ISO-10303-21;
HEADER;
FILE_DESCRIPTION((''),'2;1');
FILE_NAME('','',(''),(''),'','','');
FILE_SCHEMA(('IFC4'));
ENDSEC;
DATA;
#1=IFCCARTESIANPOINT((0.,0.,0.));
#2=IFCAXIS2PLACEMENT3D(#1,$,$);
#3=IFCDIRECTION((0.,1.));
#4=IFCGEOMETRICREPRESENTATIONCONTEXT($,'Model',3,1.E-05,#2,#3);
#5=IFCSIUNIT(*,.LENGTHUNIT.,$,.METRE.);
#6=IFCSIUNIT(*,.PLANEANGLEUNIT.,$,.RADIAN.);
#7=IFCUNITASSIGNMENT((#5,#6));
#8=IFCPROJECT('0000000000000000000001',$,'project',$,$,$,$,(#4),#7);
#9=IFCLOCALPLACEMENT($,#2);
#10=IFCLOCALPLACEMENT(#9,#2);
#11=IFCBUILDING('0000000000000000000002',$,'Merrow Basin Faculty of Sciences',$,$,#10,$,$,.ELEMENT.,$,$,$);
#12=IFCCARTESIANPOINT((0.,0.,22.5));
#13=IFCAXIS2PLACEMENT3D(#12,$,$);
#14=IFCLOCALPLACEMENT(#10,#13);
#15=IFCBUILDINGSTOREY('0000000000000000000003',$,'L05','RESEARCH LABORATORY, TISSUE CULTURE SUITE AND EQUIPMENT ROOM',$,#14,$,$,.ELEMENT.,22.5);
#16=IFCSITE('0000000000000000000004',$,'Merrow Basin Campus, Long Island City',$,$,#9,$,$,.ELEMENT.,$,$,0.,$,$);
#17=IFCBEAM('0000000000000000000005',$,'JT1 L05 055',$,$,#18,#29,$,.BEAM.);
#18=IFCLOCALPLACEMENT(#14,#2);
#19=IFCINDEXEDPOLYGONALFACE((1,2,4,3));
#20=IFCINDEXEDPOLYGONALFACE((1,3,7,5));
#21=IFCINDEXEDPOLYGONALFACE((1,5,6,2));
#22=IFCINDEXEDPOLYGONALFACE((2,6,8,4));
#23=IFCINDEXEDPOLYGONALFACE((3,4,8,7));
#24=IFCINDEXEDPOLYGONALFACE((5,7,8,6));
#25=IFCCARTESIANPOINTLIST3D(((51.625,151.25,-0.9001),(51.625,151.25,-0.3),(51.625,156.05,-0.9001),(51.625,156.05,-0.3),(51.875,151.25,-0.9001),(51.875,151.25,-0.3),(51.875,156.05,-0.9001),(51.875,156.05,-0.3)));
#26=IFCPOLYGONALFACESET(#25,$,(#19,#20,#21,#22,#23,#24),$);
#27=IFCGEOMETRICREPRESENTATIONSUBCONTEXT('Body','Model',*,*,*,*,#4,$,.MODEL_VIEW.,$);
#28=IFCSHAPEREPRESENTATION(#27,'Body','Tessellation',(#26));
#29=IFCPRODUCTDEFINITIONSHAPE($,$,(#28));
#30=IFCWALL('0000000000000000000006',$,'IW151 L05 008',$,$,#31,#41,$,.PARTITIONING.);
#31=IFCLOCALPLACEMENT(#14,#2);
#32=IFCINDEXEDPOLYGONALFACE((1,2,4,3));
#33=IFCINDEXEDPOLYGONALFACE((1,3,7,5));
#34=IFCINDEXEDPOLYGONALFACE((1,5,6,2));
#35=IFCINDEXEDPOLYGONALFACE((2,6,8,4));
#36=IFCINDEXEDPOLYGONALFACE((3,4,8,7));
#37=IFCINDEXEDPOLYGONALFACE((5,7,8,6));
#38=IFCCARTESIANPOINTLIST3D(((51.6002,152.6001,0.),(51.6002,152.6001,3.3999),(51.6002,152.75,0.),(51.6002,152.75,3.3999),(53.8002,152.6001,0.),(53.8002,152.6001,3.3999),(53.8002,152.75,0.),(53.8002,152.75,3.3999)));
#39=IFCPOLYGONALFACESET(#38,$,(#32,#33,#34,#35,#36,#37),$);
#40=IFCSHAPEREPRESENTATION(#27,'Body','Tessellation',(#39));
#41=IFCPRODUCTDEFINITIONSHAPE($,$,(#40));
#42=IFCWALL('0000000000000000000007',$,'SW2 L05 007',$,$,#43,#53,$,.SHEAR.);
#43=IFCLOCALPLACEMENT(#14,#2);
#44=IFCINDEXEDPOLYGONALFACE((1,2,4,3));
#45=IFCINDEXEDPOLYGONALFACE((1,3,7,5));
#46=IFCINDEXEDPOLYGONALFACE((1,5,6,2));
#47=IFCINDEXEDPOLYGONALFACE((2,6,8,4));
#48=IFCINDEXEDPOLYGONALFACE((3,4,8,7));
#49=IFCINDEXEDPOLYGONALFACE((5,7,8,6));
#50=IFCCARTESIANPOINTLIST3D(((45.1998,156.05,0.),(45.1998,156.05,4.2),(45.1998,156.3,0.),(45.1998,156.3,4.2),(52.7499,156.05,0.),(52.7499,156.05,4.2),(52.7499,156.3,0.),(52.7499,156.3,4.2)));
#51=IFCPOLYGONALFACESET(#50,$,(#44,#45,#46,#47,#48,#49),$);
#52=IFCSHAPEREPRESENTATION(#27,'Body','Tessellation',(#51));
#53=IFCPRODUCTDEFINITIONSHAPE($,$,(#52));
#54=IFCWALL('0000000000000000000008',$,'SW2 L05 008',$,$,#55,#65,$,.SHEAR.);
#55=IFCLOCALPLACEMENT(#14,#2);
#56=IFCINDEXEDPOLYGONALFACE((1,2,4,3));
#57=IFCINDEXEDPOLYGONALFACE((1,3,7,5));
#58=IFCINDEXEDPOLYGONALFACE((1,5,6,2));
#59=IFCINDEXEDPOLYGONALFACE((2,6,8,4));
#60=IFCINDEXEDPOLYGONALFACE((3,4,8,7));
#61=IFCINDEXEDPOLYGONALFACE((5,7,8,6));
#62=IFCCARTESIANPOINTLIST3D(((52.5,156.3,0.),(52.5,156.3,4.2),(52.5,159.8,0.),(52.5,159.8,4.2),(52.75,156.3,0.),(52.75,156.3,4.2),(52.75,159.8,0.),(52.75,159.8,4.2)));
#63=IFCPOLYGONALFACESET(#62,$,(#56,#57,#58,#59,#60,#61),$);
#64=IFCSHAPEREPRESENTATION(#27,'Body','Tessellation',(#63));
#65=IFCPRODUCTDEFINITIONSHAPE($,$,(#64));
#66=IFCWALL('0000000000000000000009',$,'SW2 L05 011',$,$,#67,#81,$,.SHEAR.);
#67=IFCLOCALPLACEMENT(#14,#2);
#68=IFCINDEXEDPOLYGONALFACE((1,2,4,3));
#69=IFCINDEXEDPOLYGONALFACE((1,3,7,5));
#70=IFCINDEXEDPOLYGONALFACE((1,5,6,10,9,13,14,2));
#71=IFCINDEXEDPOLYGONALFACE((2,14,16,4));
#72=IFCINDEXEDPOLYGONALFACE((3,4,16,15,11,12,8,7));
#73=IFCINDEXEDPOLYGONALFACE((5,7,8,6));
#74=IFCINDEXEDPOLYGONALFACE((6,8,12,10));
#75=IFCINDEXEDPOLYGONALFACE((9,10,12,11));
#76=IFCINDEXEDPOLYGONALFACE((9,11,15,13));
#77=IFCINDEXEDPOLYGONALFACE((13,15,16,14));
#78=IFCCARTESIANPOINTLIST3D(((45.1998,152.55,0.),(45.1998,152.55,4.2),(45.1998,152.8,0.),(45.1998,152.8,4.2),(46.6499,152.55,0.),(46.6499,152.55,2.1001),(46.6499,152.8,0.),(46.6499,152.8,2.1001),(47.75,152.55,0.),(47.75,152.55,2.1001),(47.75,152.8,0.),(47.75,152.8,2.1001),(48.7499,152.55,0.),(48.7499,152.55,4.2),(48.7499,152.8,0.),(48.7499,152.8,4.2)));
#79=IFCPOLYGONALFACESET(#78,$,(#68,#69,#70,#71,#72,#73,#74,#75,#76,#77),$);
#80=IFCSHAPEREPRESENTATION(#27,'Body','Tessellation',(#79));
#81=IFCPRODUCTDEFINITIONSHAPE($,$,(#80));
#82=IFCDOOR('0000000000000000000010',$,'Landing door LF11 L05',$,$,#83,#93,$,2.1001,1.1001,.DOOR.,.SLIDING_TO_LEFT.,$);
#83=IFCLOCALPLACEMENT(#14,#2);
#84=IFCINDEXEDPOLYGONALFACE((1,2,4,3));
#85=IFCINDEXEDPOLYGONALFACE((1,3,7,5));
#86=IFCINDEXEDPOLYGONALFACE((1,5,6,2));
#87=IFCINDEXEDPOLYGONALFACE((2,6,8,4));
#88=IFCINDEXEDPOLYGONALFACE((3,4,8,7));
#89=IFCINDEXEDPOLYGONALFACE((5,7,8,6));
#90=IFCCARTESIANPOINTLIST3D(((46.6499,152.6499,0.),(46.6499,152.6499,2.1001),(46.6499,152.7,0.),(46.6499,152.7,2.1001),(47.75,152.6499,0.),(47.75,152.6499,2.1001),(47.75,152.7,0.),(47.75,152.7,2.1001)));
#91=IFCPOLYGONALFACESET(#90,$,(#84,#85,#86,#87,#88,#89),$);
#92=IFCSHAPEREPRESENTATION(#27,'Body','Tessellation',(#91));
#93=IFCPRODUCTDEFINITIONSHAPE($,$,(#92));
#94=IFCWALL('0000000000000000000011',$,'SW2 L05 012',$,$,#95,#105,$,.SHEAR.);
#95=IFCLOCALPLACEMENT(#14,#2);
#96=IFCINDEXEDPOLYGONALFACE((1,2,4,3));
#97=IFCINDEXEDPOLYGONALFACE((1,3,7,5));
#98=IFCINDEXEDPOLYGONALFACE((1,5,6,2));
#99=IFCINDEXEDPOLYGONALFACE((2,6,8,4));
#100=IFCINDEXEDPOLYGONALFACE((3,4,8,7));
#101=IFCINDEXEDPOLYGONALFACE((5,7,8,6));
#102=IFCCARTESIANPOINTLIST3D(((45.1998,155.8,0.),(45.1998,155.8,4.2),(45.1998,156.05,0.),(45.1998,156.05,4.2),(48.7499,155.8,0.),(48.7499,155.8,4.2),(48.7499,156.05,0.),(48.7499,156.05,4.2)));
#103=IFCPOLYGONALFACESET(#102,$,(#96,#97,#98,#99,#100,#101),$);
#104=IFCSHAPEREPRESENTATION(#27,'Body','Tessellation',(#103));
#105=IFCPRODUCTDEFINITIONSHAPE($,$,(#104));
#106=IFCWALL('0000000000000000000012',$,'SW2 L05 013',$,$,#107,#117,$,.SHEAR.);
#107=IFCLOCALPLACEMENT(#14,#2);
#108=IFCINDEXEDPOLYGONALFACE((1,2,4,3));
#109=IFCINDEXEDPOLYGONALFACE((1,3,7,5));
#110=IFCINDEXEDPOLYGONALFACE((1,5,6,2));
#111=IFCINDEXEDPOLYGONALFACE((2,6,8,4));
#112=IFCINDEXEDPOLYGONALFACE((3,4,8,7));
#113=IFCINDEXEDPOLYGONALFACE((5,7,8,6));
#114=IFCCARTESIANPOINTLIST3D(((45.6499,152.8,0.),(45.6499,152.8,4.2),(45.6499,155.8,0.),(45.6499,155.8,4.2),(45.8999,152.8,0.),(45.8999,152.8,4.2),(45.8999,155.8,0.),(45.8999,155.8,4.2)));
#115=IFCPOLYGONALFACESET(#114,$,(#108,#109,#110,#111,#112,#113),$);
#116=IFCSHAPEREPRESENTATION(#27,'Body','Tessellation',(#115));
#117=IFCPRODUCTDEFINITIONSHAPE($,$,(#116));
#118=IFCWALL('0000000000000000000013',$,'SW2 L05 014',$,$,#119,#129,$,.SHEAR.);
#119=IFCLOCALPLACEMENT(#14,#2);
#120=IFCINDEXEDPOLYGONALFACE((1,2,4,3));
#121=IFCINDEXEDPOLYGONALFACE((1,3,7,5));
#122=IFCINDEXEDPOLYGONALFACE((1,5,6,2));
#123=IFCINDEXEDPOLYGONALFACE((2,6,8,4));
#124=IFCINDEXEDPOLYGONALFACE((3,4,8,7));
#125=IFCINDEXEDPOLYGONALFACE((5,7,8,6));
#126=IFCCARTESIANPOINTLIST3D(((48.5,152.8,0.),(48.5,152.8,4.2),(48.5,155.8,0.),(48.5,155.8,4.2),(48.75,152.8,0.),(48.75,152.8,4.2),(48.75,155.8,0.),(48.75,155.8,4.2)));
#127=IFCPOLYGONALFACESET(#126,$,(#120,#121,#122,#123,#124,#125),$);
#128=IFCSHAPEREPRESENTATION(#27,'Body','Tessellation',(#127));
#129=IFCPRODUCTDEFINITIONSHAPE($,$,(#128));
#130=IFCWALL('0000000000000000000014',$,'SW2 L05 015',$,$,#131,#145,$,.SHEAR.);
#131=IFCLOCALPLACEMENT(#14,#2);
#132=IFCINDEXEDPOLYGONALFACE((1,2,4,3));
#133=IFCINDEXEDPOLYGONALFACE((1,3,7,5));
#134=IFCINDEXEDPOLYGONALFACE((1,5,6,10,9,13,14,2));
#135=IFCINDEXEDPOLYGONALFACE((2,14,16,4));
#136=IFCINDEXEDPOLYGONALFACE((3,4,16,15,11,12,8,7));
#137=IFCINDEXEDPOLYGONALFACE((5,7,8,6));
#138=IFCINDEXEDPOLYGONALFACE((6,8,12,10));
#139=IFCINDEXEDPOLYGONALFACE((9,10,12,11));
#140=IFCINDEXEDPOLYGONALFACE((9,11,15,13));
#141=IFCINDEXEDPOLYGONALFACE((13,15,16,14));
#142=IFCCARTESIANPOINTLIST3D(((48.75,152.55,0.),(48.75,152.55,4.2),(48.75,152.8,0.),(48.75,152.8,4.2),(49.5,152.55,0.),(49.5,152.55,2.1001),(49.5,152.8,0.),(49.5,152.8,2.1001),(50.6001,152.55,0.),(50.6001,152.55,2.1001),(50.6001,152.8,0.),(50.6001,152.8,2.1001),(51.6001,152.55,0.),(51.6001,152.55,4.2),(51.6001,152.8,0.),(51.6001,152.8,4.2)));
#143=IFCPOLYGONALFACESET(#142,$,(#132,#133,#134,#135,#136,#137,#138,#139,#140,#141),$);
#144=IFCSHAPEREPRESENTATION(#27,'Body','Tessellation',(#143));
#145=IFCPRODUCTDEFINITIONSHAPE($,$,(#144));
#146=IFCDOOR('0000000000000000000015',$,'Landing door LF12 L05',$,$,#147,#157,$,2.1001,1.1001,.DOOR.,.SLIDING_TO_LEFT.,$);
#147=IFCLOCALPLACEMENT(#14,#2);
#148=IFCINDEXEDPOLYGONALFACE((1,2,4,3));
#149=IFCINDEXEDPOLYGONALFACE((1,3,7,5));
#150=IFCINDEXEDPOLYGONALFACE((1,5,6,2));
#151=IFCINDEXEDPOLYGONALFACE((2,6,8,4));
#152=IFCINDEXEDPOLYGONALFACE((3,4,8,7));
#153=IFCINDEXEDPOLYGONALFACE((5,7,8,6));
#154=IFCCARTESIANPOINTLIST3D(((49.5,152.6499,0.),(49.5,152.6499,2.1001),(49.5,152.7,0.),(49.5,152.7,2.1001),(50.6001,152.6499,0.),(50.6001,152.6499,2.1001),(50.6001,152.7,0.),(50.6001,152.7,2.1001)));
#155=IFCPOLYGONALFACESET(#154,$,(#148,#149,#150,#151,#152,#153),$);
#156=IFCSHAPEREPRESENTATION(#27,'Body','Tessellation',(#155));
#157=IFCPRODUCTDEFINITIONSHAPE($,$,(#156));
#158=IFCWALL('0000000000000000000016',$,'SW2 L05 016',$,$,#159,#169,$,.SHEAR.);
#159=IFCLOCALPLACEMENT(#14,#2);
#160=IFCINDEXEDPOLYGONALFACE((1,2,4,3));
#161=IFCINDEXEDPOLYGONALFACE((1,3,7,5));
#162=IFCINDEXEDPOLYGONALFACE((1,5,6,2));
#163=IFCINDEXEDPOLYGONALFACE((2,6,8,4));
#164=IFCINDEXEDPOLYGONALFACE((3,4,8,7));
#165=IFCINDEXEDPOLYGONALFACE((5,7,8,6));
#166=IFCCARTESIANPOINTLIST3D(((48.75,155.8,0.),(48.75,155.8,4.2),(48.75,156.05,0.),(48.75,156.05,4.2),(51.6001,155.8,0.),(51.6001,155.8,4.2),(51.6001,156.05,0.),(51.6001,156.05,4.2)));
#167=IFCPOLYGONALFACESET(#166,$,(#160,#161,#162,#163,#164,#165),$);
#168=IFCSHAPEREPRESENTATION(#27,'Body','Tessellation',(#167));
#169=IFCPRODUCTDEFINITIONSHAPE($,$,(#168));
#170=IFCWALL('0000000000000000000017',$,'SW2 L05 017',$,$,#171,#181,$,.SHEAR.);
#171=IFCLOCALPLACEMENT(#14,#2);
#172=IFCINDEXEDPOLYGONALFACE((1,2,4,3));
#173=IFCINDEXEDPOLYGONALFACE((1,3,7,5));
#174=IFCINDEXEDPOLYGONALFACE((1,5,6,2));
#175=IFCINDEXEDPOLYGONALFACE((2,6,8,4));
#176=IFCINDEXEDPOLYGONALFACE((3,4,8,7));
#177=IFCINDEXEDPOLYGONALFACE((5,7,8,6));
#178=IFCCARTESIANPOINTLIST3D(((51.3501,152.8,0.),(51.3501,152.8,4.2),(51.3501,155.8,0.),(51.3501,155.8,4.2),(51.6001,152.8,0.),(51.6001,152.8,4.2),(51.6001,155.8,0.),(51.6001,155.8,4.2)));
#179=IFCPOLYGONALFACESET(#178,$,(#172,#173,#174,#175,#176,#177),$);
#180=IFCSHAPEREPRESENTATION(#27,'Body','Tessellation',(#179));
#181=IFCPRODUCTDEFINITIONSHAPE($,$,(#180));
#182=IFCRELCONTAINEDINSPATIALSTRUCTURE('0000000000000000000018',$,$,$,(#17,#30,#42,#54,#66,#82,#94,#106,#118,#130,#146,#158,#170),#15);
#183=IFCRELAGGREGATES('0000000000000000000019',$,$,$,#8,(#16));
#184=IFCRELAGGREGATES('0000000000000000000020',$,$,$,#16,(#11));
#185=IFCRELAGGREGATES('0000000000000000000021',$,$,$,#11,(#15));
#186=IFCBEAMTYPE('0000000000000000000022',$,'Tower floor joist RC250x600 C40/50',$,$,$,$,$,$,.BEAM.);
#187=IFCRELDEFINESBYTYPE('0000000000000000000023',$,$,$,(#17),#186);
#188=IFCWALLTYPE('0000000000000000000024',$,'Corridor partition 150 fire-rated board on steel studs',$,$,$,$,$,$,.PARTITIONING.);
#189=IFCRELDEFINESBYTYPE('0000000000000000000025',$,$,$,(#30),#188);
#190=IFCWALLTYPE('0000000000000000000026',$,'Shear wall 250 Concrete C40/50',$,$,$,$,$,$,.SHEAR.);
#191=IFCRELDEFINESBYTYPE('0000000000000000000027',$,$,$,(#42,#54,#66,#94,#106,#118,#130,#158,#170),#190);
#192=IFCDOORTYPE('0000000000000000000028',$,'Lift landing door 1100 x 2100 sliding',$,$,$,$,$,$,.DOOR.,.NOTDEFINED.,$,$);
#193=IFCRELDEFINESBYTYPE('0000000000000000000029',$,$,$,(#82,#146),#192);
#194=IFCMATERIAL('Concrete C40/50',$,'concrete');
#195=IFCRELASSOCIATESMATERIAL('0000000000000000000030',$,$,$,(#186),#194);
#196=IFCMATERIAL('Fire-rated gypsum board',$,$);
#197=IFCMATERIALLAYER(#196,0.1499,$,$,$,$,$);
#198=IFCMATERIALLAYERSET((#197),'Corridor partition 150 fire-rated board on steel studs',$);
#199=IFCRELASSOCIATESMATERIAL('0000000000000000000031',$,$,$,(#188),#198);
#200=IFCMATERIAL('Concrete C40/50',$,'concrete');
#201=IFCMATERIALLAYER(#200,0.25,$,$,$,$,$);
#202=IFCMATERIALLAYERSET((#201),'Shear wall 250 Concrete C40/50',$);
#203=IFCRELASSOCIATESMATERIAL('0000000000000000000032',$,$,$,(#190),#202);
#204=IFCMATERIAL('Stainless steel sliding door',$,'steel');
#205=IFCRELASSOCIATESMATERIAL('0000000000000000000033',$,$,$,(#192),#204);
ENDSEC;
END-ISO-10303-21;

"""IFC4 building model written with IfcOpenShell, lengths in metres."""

from ifc_helpers import new_model, si_unit, direction, frame, frame_2d, origin, origin_2d, place, context, subcontext, project, spatial, rectangle, extrude, material, layer, layer_set, material_profile, profile_set, type_object, element, fill, save


model = new_model("IFC4")

# Units and contexts
model_context = context("Model", 3, precision=1e-05, world=origin(), true_north=direction((0.0, 1.0)))
body_context = subcontext(model_context, "Body", "Model", "MODEL_VIEW")
ifc_project = project(units=[si_unit("LENGTHUNIT", "METRE"), si_unit("PLANEANGLEUNIT", "RADIAN")], contexts=[model_context])

# Site, building, storey
site_placement = place(None, origin())
site = spatial("IfcSite", under=ifc_project, at=site_placement, Name="Merrow Basin Campus, Long Island City", CompositionType="ELEMENT", RefElevation=0.0)
building_placement = place(site_placement, origin())
building = spatial("IfcBuilding", under=site, at=building_placement, Name="Merrow Basin Faculty of Sciences", CompositionType="ELEMENT")
storey_placement = place(building_placement, frame((0.0, 0.0, 22.5)))
storey = spatial("IfcBuildingStorey", under=building, at=storey_placement, Name="L05", Description="RESEARCH LABORATORY, TISSUE CULTURE SUITE AND EQUIPMENT ROOM", CompositionType="ELEMENT", Elevation=22.5)

# Beam
ifc_material_1 = material(Name="Concrete C40/50", Category="concrete")
ifc_material_profile = material_profile(ifc_material_1, rectangle(XDim=0.25, YDim=0.6001, at=origin_2d()))
ifc_profile_set = profile_set([ifc_material_profile], Name="Concrete C40/50")
beam_type = type_object("IfcBeamType", Name="Tower floor joist RC250x600 C40/50", PredefinedType="BEAM", material=ifc_profile_set)
beam_placement = place(storey_placement, frame((51.75, 151.25, -0.6001), z_axis=(0.0, 1.0, 0.0), x_axis=(-1.0, 0.0, 0.0)))
element("IfcBeam", 1, at=beam_placement, inside=storey, type_object=beam_type, Name="JT1 L05 055", PredefinedType="BEAM", context=body_context, shape_type="SweptSolid", body=[
    extrude(rectangle(XDim=0.25, YDim=0.6001, at=origin_2d()), origin(), (0.0, 0.0, 1.0), 4.8),
])

# Walls
ifc_material_2 = material(Name="Fire-rated gypsum board")
ifc_layer_1 = layer(ifc_material_2, 0.1499)
ifc_layer_set_1 = layer_set([ifc_layer_1], Name="Corridor partition 150 fire-rated board on steel studs")
wall_type_1 = type_object("IfcWallType", Name="Corridor partition 150 fire-rated board on steel studs", PredefinedType="PARTITIONING", material=ifc_layer_set_1)
wall_1_placement = place(storey_placement, frame((51.6001, 152.675, 0.0), z_axis=(0.0, 0.0, 1.0), x_axis=(1.0, 0.0, 0.0)))
element("IfcWall", 2, at=wall_1_placement, inside=storey, type_object=wall_type_1, Name="IW151 L05 008", PredefinedType="PARTITIONING", context=body_context, shape_type="SweptSolid", body=[
    extrude(rectangle(XDim=2.2, YDim=0.1499, at=frame_2d((1.1001, 0.0))), origin(), (0.0, 0.0, 1.0), 3.3999),
])
ifc_material_3 = material(Name="Concrete C40/50", Category="concrete")
ifc_layer_2 = layer(ifc_material_3, 0.25)
ifc_layer_set_2 = layer_set([ifc_layer_2], Name="Shear wall 250 Concrete C40/50")
wall_type_2 = type_object("IfcWallType", Name="Shear wall 250 Concrete C40/50", PredefinedType="SHEAR", material=ifc_layer_set_2)
wall_2_placement = place(storey_placement, frame((45.2, 156.175, 0.0), z_axis=(0.0, 0.0, 1.0), x_axis=(1.0, 0.0, 0.0)))
element("IfcWall", 3, at=wall_2_placement, inside=storey, type_object=wall_type_2, Name="SW2 L05 007", PredefinedType="SHEAR", context=body_context, shape_type="SweptSolid", body=[
    extrude(rectangle(XDim=7.55, YDim=0.25, at=frame_2d((3.7749, 0.0))), origin(), (0.0, 0.0, 1.0), 4.2),
])
wall_3_placement = place(storey_placement, frame((52.625, 156.3, 0.0), z_axis=(0.0, 0.0, 1.0), x_axis=(0.0, 1.0, 0.0)))
element("IfcWall", 4, at=wall_3_placement, inside=storey, type_object=wall_type_2, Name="SW2 L05 008", PredefinedType="SHEAR", context=body_context, shape_type="SweptSolid", body=[
    extrude(rectangle(XDim=3.5, YDim=0.25, at=frame_2d((1.75, 0.0))), origin(), (0.0, 0.0, 1.0), 4.2),
])

# Wall, opening, door
wall_4_placement = place(storey_placement, frame((45.2, 152.675, 0.0), z_axis=(0.0, 0.0, 1.0), x_axis=(1.0, 0.0, 0.0)))
wall_4 = element("IfcWall", 5, at=wall_4_placement, inside=storey, type_object=wall_type_2, Name="SW2 L05 011", PredefinedType="SHEAR", context=body_context, shape_type="SweptSolid", body=[
    extrude(rectangle(XDim=3.55, YDim=0.25, at=frame_2d((1.7749, 0.0))), origin(), (0.0, 0.0, 1.0), 4.2),
])
opening_1_placement = place(wall_4_placement, frame((1.45, 0.0, 0.0)))
opening_1 = element("IfcOpeningElement", 6, at=opening_1_placement, cuts=wall_4, PredefinedType="OPENING", context=body_context, shape_type="SweptSolid", body=[
    extrude(rectangle(XDim=1.1001, YDim=2.1001, at=frame_2d((0.55, 1.05))), frame((0.0, 0.135, 0.0), z_axis=(0.0, -1.0, 0.0), x_axis=(1.0, 0.0, 0.0)), (0.0, 0.0, 1.0), 0.27),
])
ifc_material_4 = material(Name="Stainless steel sliding door", Category="steel")
door_type_1 = type_object("IfcDoorType", Name="Lift landing door 1100 x 2100 sliding", OperationType="NOTDEFINED", PredefinedType="DOOR", material=ifc_material_4)
door_1_placement = place(opening_1_placement, origin())
door_1 = element("IfcDoor", 7, at=door_1_placement, inside=storey, type_object=door_type_1, Name="Landing door LF11 L05", OperationType="SLIDING_TO_LEFT", OverallHeight=2.1001, OverallWidth=1.1001, PredefinedType="DOOR", context=body_context, shape_type="SweptSolid", body=[
    extrude(rectangle(XDim=1.1001, YDim=2.1001, at=frame_2d((0.55, 1.05))), frame((0.0, 0.0249, 0.0), z_axis=(0.0, -1.0, 0.0), x_axis=(1.0, 0.0, 0.0)), (0.0, 0.0, 1.0), 0.05),
])
fill(opening_1, door_1)

# Walls
wall_5_placement = place(storey_placement, frame((45.2, 155.925, 0.0), z_axis=(0.0, 0.0, 1.0), x_axis=(1.0, 0.0, 0.0)))
element("IfcWall", 8, at=wall_5_placement, inside=storey, type_object=wall_type_2, Name="SW2 L05 012", PredefinedType="SHEAR", context=body_context, shape_type="SweptSolid", body=[
    extrude(rectangle(XDim=3.55, YDim=0.25, at=frame_2d((1.7749, 0.0))), origin(), (0.0, 0.0, 1.0), 4.2),
])
for number, where, z_axis, x_axis, name in (
    (9, (45.7749, 152.8, 0.0), (0.0, 0.0, 1.0), (0.0, 1.0, 0.0), "SW2 L05 013"),
    (10, (48.625, 152.8, 0.0), (0.0, 0.0, 1.0), (0.0, 1.0, 0.0), "SW2 L05 014"),
):
    element("IfcWall", number, at=place(storey_placement, frame(where, z_axis=z_axis, x_axis=x_axis)), inside=storey, type_object=wall_type_2, Name=name, PredefinedType="SHEAR", context=body_context, shape_type="SweptSolid", body=[
        extrude(rectangle(XDim=3.0, YDim=0.25, at=frame_2d((1.5, 0.0))), origin(), (0.0, 0.0, 1.0), 4.2),
    ])

# Wall, opening, door
wall_6_placement = place(storey_placement, frame((48.75, 152.675, 0.0), z_axis=(0.0, 0.0, 1.0), x_axis=(1.0, 0.0, 0.0)))
wall_6 = element("IfcWall", 11, at=wall_6_placement, inside=storey, type_object=wall_type_2, Name="SW2 L05 015", PredefinedType="SHEAR", context=body_context, shape_type="SweptSolid", body=[
    extrude(rectangle(XDim=2.8501, YDim=0.25, at=frame_2d((1.425, 0.0))), origin(), (0.0, 0.0, 1.0), 4.2),
])
opening_2_placement = place(wall_6_placement, frame((0.75, 0.0, 0.0)))
opening_2 = element("IfcOpeningElement", 12, at=opening_2_placement, cuts=wall_6, PredefinedType="OPENING", context=body_context, shape_type="SweptSolid", body=[
    extrude(rectangle(XDim=1.1001, YDim=2.1001, at=frame_2d((0.55, 1.05))), frame((0.0, 0.135, 0.0), z_axis=(0.0, -1.0, 0.0), x_axis=(1.0, 0.0, 0.0)), (0.0, 0.0, 1.0), 0.27),
])
door_2_placement = place(opening_2_placement, origin())
door_2 = element("IfcDoor", 13, at=door_2_placement, inside=storey, type_object=door_type_1, Name="Landing door LF12 L05", OperationType="SLIDING_TO_LEFT", OverallHeight=2.1001, OverallWidth=1.1001, PredefinedType="DOOR", context=body_context, shape_type="SweptSolid", body=[
    extrude(rectangle(XDim=1.1001, YDim=2.1001, at=frame_2d((0.55, 1.05))), frame((0.0, 0.0249, 0.0), z_axis=(0.0, -1.0, 0.0), x_axis=(1.0, 0.0, 0.0)), (0.0, 0.0, 1.0), 0.05),
])
fill(opening_2, door_2)

# Walls
wall_7_placement = place(storey_placement, frame((48.75, 155.925, 0.0), z_axis=(0.0, 0.0, 1.0), x_axis=(1.0, 0.0, 0.0)))
element("IfcWall", 14, at=wall_7_placement, inside=storey, type_object=wall_type_2, Name="SW2 L05 016", PredefinedType="SHEAR", context=body_context, shape_type="SweptSolid", body=[
    extrude(rectangle(XDim=2.8501, YDim=0.25, at=frame_2d((1.425, 0.0))), origin(), (0.0, 0.0, 1.0), 4.2),
])
wall_8_placement = place(storey_placement, frame((51.4751, 152.8, 0.0), z_axis=(0.0, 0.0, 1.0), x_axis=(0.0, 1.0, 0.0)))
element("IfcWall", 15, at=wall_8_placement, inside=storey, type_object=wall_type_2, Name="SW2 L05 017", PredefinedType="SHEAR", context=body_context, shape_type="SweptSolid", body=[
    extrude(rectangle(XDim=3.0, YDim=0.25, at=frame_2d((1.5, 0.0))), origin(), (0.0, 0.0, 1.0), 4.2),
])

save(model, "model.ifc")
